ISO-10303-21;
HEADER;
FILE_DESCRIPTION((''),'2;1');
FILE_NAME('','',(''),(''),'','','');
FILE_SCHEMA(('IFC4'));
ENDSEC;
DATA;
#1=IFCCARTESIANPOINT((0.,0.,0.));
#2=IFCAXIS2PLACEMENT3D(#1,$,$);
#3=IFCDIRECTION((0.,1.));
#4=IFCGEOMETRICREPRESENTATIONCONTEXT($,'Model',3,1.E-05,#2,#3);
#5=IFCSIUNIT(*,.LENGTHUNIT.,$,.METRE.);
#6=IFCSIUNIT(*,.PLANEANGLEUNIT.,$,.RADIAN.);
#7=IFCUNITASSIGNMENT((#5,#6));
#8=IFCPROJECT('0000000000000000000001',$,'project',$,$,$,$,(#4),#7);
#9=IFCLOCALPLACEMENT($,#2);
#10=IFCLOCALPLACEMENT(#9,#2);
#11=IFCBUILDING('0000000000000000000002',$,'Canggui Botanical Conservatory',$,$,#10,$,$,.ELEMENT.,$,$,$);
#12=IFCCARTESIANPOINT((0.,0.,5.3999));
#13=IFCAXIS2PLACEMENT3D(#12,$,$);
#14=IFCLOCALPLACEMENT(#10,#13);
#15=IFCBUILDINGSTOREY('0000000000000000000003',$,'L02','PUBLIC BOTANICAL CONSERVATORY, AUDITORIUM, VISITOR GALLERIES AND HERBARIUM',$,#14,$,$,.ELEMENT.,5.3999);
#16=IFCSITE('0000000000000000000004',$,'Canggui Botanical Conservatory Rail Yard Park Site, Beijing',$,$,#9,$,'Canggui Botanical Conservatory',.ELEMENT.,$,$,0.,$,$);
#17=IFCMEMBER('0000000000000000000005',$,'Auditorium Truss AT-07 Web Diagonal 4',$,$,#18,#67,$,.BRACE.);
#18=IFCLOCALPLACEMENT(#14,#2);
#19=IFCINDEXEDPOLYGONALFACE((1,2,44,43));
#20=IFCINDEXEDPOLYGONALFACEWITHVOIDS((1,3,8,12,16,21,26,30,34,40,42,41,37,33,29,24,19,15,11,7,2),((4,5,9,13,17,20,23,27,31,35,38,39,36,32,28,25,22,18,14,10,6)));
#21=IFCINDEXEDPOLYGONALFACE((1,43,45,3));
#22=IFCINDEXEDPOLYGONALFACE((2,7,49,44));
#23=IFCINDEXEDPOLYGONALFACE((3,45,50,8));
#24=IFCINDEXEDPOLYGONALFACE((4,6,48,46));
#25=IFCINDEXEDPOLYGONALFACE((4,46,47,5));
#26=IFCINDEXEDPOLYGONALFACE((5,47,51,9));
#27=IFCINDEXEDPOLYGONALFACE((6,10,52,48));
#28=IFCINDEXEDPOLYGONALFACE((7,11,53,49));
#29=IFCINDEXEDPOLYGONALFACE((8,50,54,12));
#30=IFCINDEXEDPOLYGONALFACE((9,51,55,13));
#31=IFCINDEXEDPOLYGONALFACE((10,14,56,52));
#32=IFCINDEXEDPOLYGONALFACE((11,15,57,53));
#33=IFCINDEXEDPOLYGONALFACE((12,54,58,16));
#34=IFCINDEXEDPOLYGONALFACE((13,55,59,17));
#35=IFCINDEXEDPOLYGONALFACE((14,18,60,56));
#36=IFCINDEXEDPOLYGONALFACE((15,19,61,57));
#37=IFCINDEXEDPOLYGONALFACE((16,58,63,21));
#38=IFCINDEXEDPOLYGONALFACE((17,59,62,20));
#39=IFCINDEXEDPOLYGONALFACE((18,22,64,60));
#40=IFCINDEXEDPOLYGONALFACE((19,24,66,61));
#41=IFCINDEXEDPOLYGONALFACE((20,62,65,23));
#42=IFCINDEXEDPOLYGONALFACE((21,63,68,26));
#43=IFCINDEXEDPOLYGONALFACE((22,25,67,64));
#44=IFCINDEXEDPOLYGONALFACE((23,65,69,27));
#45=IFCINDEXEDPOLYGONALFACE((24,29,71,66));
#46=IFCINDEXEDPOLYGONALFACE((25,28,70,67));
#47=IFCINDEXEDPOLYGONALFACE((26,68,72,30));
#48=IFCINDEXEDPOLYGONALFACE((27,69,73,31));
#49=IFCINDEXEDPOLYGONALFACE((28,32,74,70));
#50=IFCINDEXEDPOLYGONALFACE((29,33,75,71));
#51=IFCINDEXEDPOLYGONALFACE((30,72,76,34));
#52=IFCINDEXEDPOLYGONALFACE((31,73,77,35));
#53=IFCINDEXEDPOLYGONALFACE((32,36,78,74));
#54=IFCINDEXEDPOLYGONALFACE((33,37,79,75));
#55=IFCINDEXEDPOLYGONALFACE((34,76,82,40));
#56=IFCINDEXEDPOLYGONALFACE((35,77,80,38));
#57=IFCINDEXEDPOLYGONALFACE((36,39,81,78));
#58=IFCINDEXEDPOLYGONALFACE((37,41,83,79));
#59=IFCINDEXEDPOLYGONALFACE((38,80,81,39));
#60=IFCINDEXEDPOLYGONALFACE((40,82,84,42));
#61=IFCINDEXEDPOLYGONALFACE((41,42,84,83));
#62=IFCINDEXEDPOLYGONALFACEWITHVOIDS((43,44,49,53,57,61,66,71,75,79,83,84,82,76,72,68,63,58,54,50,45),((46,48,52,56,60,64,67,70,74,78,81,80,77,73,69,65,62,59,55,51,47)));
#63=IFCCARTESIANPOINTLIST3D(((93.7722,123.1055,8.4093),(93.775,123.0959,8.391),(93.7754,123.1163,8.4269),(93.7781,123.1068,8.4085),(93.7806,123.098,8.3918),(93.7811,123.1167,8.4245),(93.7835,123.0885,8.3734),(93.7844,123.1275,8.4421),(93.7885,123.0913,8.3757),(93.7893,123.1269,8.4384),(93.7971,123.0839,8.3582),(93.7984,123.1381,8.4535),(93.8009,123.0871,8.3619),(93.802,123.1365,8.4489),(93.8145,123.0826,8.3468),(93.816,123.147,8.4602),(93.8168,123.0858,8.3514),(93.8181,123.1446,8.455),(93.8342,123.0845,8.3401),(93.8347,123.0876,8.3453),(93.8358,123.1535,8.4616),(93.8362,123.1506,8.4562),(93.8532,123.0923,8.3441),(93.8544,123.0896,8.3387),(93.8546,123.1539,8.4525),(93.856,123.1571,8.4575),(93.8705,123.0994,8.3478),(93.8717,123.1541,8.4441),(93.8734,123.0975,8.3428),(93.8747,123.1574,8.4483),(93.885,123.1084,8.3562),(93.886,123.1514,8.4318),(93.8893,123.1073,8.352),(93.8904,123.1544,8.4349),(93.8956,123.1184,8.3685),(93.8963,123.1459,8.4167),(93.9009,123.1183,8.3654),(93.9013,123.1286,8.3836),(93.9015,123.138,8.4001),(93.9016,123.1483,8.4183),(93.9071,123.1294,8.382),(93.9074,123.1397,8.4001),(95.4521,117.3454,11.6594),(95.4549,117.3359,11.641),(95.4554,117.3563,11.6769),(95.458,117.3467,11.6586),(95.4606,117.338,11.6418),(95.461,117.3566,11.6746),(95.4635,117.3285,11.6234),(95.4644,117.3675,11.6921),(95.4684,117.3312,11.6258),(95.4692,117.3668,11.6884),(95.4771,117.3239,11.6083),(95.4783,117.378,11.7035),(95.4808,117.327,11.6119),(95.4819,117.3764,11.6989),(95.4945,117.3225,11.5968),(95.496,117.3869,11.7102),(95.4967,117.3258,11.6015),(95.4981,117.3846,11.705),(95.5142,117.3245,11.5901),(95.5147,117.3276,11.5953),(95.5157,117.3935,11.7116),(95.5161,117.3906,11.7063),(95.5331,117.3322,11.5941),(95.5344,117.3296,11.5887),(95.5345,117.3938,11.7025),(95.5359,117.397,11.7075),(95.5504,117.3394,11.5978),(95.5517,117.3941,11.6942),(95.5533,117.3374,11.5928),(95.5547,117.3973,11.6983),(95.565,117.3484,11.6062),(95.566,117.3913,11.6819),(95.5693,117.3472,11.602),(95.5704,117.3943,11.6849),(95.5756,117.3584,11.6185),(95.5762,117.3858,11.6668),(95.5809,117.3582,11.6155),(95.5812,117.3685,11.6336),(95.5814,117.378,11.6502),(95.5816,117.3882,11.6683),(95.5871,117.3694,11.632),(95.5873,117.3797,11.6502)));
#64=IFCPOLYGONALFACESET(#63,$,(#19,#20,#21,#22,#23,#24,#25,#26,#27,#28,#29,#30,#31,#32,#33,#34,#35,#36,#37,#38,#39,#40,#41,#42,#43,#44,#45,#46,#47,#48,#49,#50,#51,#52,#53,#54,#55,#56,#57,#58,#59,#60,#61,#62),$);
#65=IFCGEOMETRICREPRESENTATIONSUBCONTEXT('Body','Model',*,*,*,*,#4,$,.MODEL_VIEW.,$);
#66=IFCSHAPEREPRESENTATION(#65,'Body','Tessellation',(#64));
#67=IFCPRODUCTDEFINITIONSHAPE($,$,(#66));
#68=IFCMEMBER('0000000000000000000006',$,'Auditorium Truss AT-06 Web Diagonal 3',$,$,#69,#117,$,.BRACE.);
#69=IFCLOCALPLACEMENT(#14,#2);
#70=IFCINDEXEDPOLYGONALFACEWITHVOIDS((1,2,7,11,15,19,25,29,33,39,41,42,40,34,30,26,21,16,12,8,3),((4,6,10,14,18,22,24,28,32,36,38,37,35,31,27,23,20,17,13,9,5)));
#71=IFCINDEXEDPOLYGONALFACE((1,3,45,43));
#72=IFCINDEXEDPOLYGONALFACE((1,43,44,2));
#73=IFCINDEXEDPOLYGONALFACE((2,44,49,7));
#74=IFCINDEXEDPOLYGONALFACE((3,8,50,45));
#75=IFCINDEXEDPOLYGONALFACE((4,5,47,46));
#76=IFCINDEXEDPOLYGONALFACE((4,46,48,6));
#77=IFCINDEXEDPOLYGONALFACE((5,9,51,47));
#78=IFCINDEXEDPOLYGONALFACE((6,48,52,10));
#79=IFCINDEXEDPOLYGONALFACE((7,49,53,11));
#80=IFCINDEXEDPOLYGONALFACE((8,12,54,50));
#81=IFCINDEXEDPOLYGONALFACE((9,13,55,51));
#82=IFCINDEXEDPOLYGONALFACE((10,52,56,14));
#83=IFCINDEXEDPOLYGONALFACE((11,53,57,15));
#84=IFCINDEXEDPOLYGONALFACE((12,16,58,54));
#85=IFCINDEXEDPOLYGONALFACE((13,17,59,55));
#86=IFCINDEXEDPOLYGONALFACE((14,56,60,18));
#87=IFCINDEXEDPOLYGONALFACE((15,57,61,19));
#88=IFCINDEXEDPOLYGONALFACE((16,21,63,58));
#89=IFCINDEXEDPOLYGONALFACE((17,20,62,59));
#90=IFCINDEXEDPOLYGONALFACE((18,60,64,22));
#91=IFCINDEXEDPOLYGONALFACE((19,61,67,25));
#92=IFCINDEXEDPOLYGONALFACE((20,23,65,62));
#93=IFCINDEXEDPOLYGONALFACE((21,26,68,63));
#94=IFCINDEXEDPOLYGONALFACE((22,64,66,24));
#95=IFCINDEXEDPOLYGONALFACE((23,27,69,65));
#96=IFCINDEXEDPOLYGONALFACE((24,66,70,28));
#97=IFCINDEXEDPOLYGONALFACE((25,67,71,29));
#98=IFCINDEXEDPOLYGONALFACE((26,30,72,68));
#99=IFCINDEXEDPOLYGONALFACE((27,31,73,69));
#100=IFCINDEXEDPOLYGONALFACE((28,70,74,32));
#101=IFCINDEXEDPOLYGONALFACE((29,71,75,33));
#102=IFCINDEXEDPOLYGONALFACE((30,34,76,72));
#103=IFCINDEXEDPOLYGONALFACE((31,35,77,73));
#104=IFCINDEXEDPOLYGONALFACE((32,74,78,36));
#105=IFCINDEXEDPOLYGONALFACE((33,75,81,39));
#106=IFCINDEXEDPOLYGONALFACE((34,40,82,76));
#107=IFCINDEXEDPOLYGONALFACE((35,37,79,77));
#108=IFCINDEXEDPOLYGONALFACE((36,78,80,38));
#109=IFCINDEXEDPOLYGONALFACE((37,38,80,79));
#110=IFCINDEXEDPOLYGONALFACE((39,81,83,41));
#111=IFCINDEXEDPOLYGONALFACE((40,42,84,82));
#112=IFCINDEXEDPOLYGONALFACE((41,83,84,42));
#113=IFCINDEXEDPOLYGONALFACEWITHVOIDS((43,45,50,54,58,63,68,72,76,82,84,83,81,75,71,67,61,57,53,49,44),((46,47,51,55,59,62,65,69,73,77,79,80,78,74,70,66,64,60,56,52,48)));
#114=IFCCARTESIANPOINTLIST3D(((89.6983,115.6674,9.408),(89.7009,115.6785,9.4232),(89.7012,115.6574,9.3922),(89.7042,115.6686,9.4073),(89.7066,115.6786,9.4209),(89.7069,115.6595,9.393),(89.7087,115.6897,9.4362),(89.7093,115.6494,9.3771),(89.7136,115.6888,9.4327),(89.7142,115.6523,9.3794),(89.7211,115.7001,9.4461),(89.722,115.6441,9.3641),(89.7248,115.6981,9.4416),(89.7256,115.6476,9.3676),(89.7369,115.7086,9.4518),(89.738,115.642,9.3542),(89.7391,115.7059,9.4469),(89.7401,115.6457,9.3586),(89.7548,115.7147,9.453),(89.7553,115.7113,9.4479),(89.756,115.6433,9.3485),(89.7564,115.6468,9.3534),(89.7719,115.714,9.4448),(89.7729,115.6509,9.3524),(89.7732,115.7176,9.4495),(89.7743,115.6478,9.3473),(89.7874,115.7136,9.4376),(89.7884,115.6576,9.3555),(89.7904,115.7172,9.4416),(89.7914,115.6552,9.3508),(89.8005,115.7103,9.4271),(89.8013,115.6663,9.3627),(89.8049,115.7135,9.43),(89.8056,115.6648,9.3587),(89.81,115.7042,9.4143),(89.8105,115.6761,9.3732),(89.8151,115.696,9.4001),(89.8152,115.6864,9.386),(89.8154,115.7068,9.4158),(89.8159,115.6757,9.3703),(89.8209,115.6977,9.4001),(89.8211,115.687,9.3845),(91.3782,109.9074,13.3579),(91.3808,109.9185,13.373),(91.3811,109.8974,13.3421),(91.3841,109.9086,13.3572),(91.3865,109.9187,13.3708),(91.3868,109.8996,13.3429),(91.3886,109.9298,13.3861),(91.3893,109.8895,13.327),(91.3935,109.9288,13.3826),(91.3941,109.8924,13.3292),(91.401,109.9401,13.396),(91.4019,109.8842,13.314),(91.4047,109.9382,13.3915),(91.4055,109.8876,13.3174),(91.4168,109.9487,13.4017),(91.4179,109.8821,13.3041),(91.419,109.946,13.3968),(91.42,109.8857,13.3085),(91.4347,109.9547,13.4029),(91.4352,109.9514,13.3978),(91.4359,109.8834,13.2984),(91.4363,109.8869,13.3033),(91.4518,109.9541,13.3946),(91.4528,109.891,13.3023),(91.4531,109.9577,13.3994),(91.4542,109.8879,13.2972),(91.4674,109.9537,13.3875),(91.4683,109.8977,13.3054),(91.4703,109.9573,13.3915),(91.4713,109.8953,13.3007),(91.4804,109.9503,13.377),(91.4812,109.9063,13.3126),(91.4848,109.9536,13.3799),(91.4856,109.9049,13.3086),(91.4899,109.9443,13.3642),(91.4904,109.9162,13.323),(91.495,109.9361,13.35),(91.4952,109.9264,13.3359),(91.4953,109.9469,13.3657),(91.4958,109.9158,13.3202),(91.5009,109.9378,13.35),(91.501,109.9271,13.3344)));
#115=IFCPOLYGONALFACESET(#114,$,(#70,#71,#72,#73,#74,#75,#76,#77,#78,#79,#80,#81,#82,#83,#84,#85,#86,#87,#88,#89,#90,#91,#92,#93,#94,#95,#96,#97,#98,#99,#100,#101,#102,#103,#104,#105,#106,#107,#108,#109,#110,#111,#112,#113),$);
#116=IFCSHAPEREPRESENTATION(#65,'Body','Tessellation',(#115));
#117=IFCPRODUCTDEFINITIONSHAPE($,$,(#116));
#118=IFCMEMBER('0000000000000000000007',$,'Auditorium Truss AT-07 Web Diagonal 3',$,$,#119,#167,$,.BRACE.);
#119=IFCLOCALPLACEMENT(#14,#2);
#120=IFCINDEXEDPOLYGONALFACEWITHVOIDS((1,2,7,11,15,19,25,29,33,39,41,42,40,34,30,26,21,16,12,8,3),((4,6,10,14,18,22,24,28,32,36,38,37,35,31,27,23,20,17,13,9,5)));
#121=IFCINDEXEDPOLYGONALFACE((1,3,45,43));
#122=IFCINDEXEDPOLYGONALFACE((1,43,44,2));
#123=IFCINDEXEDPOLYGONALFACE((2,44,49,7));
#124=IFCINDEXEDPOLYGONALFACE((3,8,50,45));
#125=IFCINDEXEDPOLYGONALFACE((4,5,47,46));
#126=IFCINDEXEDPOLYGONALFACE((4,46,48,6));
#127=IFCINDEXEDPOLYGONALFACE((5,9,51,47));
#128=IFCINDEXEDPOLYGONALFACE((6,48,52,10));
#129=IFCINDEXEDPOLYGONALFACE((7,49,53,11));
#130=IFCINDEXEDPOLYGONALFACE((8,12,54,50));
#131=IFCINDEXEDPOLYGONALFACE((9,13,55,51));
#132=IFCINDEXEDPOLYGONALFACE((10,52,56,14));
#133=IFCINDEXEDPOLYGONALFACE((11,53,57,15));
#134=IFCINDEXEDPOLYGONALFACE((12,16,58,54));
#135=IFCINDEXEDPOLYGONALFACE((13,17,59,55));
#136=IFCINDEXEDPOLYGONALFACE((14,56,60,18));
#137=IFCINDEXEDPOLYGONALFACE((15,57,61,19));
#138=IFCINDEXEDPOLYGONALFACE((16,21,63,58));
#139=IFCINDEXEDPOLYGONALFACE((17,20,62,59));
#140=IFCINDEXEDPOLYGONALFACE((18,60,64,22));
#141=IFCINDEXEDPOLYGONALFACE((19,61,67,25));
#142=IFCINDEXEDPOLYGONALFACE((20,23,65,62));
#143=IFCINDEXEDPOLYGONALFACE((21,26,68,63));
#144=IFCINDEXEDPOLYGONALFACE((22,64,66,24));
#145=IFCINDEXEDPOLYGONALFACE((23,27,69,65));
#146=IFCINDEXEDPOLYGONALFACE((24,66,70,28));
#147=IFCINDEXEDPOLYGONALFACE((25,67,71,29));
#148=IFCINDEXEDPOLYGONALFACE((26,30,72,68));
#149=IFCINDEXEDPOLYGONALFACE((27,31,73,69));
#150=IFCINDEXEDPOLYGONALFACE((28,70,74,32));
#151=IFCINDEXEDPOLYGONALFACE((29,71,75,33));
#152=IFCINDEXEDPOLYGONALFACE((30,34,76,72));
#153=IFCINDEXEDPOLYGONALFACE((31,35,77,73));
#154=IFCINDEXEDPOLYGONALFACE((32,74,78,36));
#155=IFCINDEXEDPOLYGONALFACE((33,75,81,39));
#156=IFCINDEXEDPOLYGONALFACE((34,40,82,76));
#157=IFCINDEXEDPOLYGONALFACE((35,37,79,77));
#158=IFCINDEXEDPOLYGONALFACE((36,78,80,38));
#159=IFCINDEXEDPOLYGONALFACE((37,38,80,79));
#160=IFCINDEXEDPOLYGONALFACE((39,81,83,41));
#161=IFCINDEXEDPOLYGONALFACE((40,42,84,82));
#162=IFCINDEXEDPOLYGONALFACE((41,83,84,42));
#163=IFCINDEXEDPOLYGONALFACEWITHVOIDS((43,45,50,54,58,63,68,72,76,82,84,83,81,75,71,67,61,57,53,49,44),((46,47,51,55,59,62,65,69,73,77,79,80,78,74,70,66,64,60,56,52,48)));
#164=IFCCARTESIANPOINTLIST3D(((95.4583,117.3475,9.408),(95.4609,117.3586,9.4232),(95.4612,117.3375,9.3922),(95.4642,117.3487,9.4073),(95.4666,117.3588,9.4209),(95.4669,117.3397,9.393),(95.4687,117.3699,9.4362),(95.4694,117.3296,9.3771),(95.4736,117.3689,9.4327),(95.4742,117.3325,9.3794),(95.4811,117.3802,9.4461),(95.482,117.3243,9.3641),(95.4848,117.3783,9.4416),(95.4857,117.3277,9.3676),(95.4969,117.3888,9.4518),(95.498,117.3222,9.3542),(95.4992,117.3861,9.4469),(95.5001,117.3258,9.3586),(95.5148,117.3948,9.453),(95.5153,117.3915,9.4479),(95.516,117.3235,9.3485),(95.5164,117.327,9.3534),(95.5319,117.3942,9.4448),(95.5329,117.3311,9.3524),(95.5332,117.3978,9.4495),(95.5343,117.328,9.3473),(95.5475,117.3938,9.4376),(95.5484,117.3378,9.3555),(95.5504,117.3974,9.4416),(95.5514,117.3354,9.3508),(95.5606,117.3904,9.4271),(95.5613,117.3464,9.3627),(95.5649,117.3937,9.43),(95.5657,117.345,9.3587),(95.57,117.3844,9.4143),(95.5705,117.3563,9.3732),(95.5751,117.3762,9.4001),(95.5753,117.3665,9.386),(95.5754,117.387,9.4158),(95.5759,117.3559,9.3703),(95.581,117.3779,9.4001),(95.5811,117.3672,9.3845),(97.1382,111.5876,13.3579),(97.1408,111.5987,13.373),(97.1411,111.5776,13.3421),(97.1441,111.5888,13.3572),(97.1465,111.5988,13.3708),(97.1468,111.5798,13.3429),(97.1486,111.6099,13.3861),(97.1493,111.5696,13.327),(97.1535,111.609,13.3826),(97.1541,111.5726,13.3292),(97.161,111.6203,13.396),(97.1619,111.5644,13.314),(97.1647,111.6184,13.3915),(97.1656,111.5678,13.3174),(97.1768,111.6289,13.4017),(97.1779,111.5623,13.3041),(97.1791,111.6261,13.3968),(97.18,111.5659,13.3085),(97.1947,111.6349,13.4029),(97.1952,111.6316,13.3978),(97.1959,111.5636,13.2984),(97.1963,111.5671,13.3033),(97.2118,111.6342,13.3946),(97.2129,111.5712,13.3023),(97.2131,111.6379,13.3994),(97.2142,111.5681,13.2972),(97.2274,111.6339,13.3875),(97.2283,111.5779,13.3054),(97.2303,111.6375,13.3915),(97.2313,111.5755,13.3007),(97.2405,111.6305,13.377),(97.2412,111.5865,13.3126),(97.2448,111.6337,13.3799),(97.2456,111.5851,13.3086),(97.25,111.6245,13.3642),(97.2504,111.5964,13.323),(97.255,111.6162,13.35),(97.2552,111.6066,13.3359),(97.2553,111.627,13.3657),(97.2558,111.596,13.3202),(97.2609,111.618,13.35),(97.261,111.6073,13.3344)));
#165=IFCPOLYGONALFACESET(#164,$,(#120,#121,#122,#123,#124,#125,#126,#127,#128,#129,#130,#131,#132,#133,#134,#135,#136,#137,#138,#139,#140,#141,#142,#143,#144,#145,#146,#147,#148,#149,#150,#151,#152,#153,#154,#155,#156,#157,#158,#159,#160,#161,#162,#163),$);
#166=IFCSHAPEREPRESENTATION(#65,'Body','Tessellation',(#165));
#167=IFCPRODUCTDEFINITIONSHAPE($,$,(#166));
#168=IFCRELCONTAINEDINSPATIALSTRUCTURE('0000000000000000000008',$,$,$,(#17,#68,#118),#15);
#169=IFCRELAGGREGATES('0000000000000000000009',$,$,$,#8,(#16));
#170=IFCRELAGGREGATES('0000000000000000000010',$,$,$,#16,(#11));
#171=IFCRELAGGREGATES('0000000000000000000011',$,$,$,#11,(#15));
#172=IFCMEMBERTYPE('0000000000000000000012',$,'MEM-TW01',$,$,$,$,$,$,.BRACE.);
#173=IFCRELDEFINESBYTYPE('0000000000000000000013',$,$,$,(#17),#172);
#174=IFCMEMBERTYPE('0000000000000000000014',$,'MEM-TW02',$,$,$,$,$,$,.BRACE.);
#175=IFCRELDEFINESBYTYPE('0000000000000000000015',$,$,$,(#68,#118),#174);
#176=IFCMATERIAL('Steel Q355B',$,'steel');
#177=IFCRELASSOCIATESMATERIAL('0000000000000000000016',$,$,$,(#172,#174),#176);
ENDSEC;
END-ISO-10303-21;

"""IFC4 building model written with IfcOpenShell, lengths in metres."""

from ifc_helpers import new_model, si_unit, direction, frame, origin, origin_2d, place, context, subcontext, project, spatial, hollow_circle, extrude, material, material_profile, profile_set, type_object, element, save


model = new_model("IFC4")

# Units and contexts
model_context = context("Model", 3, precision=1e-05, world=origin(), true_north=direction((0.0, 1.0)))
body_context = subcontext(model_context, "Body", "Model", "MODEL_VIEW")
ifc_project = project(units=[si_unit("LENGTHUNIT", "METRE"), si_unit("PLANEANGLEUNIT", "RADIAN")], contexts=[model_context])

# Site, building, storey
site_placement = place(None, origin())
site = spatial("IfcSite", under=ifc_project, at=site_placement, Name="Canggui Botanical Conservatory Rail Yard Park Site, Beijing", LongName="Canggui Botanical Conservatory", CompositionType="ELEMENT", RefElevation=0.0)
building_placement = place(site_placement, origin())
building = spatial("IfcBuilding", under=site, at=building_placement, Name="Canggui Botanical Conservatory", CompositionType="ELEMENT")
storey_placement = place(building_placement, frame((0.0, 0.0, 5.3999)))
storey = spatial("IfcBuildingStorey", under=building, at=storey_placement, Name="L02", Description="PUBLIC BOTANICAL CONSERVATORY, AUDITORIUM, VISITOR GALLERIES AND HERBARIUM", CompositionType="ELEMENT", Elevation=5.3999)

# Shared definitions
ifc_material_1 = material(Name="Steel Q355B", Category="steel")

# Members
ifc_material_profile_1 = material_profile(ifc_material_1, hollow_circle(Radius=0.0701, WallThickness=0.0061, at=origin_2d()), Name="CHS 140x6")
ifc_profile_set_1 = profile_set([ifc_material_profile_1], Name="Steel Q355B")
member_type_1 = type_object("IfcMemberType", Name="MEM-TW01", PredefinedType="BRACE", material=ifc_profile_set_1)
for number, where, z_axis, x_axis, name in (
    (1, (93.8401, 123.1201, 8.4001), (0.246192, -0.844123, 0.476284), (0.960003, 0.279989, 0.0), "Auditorium Truss AT-07 Web Diagonal 4"),
):
    element("IfcMember", number, at=place(storey_placement, frame(where, z_axis=z_axis, x_axis=x_axis)), inside=storey, type_object=member_type_1, Name=name, PredefinedType="BRACE", context=body_context, shape_type="SweptSolid", body=[
        extrude(hollow_circle(Radius=0.0701, WallThickness=0.0061, at=origin_2d()), origin(), (0.0, 0.0, 1.0), 6.8237),
    ])
ifc_material_profile_2 = material_profile(ifc_material_1, hollow_circle(Radius=0.0635, WallThickness=0.0061, at=origin_2d()), Name="CHS 127x6")
ifc_profile_set_2 = profile_set([ifc_material_profile_2], Name="Steel Q355B")
member_type_2 = type_object("IfcMemberType", Name="MEM-TW02", PredefinedType="BRACE", material=ifc_profile_set_2)
for number, where, z_axis, x_axis, name in (
    (2, (89.76, 115.6799, 9.4001), (0.233861, -0.801844, 0.549868), (0.960003, 0.279989, 0.0), "Auditorium Truss AT-06 Web Diagonal 3"),
    (3, (95.52, 117.3601, 9.4001), (0.233861, -0.801844, 0.549868), (0.960003, 0.279989, 0.0), "Auditorium Truss AT-07 Web Diagonal 3"),
):
    element("IfcMember", number, at=place(storey_placement, frame(where, z_axis=z_axis, x_axis=x_axis)), inside=storey, type_object=member_type_2, Name=name, PredefinedType="BRACE", context=body_context, shape_type="SweptSolid", body=[
        extrude(hollow_circle(Radius=0.0635, WallThickness=0.0061, at=origin_2d()), origin(), (0.0, 0.0, 1.0), 7.1833),
    ])

save(model, "model.ifc")
